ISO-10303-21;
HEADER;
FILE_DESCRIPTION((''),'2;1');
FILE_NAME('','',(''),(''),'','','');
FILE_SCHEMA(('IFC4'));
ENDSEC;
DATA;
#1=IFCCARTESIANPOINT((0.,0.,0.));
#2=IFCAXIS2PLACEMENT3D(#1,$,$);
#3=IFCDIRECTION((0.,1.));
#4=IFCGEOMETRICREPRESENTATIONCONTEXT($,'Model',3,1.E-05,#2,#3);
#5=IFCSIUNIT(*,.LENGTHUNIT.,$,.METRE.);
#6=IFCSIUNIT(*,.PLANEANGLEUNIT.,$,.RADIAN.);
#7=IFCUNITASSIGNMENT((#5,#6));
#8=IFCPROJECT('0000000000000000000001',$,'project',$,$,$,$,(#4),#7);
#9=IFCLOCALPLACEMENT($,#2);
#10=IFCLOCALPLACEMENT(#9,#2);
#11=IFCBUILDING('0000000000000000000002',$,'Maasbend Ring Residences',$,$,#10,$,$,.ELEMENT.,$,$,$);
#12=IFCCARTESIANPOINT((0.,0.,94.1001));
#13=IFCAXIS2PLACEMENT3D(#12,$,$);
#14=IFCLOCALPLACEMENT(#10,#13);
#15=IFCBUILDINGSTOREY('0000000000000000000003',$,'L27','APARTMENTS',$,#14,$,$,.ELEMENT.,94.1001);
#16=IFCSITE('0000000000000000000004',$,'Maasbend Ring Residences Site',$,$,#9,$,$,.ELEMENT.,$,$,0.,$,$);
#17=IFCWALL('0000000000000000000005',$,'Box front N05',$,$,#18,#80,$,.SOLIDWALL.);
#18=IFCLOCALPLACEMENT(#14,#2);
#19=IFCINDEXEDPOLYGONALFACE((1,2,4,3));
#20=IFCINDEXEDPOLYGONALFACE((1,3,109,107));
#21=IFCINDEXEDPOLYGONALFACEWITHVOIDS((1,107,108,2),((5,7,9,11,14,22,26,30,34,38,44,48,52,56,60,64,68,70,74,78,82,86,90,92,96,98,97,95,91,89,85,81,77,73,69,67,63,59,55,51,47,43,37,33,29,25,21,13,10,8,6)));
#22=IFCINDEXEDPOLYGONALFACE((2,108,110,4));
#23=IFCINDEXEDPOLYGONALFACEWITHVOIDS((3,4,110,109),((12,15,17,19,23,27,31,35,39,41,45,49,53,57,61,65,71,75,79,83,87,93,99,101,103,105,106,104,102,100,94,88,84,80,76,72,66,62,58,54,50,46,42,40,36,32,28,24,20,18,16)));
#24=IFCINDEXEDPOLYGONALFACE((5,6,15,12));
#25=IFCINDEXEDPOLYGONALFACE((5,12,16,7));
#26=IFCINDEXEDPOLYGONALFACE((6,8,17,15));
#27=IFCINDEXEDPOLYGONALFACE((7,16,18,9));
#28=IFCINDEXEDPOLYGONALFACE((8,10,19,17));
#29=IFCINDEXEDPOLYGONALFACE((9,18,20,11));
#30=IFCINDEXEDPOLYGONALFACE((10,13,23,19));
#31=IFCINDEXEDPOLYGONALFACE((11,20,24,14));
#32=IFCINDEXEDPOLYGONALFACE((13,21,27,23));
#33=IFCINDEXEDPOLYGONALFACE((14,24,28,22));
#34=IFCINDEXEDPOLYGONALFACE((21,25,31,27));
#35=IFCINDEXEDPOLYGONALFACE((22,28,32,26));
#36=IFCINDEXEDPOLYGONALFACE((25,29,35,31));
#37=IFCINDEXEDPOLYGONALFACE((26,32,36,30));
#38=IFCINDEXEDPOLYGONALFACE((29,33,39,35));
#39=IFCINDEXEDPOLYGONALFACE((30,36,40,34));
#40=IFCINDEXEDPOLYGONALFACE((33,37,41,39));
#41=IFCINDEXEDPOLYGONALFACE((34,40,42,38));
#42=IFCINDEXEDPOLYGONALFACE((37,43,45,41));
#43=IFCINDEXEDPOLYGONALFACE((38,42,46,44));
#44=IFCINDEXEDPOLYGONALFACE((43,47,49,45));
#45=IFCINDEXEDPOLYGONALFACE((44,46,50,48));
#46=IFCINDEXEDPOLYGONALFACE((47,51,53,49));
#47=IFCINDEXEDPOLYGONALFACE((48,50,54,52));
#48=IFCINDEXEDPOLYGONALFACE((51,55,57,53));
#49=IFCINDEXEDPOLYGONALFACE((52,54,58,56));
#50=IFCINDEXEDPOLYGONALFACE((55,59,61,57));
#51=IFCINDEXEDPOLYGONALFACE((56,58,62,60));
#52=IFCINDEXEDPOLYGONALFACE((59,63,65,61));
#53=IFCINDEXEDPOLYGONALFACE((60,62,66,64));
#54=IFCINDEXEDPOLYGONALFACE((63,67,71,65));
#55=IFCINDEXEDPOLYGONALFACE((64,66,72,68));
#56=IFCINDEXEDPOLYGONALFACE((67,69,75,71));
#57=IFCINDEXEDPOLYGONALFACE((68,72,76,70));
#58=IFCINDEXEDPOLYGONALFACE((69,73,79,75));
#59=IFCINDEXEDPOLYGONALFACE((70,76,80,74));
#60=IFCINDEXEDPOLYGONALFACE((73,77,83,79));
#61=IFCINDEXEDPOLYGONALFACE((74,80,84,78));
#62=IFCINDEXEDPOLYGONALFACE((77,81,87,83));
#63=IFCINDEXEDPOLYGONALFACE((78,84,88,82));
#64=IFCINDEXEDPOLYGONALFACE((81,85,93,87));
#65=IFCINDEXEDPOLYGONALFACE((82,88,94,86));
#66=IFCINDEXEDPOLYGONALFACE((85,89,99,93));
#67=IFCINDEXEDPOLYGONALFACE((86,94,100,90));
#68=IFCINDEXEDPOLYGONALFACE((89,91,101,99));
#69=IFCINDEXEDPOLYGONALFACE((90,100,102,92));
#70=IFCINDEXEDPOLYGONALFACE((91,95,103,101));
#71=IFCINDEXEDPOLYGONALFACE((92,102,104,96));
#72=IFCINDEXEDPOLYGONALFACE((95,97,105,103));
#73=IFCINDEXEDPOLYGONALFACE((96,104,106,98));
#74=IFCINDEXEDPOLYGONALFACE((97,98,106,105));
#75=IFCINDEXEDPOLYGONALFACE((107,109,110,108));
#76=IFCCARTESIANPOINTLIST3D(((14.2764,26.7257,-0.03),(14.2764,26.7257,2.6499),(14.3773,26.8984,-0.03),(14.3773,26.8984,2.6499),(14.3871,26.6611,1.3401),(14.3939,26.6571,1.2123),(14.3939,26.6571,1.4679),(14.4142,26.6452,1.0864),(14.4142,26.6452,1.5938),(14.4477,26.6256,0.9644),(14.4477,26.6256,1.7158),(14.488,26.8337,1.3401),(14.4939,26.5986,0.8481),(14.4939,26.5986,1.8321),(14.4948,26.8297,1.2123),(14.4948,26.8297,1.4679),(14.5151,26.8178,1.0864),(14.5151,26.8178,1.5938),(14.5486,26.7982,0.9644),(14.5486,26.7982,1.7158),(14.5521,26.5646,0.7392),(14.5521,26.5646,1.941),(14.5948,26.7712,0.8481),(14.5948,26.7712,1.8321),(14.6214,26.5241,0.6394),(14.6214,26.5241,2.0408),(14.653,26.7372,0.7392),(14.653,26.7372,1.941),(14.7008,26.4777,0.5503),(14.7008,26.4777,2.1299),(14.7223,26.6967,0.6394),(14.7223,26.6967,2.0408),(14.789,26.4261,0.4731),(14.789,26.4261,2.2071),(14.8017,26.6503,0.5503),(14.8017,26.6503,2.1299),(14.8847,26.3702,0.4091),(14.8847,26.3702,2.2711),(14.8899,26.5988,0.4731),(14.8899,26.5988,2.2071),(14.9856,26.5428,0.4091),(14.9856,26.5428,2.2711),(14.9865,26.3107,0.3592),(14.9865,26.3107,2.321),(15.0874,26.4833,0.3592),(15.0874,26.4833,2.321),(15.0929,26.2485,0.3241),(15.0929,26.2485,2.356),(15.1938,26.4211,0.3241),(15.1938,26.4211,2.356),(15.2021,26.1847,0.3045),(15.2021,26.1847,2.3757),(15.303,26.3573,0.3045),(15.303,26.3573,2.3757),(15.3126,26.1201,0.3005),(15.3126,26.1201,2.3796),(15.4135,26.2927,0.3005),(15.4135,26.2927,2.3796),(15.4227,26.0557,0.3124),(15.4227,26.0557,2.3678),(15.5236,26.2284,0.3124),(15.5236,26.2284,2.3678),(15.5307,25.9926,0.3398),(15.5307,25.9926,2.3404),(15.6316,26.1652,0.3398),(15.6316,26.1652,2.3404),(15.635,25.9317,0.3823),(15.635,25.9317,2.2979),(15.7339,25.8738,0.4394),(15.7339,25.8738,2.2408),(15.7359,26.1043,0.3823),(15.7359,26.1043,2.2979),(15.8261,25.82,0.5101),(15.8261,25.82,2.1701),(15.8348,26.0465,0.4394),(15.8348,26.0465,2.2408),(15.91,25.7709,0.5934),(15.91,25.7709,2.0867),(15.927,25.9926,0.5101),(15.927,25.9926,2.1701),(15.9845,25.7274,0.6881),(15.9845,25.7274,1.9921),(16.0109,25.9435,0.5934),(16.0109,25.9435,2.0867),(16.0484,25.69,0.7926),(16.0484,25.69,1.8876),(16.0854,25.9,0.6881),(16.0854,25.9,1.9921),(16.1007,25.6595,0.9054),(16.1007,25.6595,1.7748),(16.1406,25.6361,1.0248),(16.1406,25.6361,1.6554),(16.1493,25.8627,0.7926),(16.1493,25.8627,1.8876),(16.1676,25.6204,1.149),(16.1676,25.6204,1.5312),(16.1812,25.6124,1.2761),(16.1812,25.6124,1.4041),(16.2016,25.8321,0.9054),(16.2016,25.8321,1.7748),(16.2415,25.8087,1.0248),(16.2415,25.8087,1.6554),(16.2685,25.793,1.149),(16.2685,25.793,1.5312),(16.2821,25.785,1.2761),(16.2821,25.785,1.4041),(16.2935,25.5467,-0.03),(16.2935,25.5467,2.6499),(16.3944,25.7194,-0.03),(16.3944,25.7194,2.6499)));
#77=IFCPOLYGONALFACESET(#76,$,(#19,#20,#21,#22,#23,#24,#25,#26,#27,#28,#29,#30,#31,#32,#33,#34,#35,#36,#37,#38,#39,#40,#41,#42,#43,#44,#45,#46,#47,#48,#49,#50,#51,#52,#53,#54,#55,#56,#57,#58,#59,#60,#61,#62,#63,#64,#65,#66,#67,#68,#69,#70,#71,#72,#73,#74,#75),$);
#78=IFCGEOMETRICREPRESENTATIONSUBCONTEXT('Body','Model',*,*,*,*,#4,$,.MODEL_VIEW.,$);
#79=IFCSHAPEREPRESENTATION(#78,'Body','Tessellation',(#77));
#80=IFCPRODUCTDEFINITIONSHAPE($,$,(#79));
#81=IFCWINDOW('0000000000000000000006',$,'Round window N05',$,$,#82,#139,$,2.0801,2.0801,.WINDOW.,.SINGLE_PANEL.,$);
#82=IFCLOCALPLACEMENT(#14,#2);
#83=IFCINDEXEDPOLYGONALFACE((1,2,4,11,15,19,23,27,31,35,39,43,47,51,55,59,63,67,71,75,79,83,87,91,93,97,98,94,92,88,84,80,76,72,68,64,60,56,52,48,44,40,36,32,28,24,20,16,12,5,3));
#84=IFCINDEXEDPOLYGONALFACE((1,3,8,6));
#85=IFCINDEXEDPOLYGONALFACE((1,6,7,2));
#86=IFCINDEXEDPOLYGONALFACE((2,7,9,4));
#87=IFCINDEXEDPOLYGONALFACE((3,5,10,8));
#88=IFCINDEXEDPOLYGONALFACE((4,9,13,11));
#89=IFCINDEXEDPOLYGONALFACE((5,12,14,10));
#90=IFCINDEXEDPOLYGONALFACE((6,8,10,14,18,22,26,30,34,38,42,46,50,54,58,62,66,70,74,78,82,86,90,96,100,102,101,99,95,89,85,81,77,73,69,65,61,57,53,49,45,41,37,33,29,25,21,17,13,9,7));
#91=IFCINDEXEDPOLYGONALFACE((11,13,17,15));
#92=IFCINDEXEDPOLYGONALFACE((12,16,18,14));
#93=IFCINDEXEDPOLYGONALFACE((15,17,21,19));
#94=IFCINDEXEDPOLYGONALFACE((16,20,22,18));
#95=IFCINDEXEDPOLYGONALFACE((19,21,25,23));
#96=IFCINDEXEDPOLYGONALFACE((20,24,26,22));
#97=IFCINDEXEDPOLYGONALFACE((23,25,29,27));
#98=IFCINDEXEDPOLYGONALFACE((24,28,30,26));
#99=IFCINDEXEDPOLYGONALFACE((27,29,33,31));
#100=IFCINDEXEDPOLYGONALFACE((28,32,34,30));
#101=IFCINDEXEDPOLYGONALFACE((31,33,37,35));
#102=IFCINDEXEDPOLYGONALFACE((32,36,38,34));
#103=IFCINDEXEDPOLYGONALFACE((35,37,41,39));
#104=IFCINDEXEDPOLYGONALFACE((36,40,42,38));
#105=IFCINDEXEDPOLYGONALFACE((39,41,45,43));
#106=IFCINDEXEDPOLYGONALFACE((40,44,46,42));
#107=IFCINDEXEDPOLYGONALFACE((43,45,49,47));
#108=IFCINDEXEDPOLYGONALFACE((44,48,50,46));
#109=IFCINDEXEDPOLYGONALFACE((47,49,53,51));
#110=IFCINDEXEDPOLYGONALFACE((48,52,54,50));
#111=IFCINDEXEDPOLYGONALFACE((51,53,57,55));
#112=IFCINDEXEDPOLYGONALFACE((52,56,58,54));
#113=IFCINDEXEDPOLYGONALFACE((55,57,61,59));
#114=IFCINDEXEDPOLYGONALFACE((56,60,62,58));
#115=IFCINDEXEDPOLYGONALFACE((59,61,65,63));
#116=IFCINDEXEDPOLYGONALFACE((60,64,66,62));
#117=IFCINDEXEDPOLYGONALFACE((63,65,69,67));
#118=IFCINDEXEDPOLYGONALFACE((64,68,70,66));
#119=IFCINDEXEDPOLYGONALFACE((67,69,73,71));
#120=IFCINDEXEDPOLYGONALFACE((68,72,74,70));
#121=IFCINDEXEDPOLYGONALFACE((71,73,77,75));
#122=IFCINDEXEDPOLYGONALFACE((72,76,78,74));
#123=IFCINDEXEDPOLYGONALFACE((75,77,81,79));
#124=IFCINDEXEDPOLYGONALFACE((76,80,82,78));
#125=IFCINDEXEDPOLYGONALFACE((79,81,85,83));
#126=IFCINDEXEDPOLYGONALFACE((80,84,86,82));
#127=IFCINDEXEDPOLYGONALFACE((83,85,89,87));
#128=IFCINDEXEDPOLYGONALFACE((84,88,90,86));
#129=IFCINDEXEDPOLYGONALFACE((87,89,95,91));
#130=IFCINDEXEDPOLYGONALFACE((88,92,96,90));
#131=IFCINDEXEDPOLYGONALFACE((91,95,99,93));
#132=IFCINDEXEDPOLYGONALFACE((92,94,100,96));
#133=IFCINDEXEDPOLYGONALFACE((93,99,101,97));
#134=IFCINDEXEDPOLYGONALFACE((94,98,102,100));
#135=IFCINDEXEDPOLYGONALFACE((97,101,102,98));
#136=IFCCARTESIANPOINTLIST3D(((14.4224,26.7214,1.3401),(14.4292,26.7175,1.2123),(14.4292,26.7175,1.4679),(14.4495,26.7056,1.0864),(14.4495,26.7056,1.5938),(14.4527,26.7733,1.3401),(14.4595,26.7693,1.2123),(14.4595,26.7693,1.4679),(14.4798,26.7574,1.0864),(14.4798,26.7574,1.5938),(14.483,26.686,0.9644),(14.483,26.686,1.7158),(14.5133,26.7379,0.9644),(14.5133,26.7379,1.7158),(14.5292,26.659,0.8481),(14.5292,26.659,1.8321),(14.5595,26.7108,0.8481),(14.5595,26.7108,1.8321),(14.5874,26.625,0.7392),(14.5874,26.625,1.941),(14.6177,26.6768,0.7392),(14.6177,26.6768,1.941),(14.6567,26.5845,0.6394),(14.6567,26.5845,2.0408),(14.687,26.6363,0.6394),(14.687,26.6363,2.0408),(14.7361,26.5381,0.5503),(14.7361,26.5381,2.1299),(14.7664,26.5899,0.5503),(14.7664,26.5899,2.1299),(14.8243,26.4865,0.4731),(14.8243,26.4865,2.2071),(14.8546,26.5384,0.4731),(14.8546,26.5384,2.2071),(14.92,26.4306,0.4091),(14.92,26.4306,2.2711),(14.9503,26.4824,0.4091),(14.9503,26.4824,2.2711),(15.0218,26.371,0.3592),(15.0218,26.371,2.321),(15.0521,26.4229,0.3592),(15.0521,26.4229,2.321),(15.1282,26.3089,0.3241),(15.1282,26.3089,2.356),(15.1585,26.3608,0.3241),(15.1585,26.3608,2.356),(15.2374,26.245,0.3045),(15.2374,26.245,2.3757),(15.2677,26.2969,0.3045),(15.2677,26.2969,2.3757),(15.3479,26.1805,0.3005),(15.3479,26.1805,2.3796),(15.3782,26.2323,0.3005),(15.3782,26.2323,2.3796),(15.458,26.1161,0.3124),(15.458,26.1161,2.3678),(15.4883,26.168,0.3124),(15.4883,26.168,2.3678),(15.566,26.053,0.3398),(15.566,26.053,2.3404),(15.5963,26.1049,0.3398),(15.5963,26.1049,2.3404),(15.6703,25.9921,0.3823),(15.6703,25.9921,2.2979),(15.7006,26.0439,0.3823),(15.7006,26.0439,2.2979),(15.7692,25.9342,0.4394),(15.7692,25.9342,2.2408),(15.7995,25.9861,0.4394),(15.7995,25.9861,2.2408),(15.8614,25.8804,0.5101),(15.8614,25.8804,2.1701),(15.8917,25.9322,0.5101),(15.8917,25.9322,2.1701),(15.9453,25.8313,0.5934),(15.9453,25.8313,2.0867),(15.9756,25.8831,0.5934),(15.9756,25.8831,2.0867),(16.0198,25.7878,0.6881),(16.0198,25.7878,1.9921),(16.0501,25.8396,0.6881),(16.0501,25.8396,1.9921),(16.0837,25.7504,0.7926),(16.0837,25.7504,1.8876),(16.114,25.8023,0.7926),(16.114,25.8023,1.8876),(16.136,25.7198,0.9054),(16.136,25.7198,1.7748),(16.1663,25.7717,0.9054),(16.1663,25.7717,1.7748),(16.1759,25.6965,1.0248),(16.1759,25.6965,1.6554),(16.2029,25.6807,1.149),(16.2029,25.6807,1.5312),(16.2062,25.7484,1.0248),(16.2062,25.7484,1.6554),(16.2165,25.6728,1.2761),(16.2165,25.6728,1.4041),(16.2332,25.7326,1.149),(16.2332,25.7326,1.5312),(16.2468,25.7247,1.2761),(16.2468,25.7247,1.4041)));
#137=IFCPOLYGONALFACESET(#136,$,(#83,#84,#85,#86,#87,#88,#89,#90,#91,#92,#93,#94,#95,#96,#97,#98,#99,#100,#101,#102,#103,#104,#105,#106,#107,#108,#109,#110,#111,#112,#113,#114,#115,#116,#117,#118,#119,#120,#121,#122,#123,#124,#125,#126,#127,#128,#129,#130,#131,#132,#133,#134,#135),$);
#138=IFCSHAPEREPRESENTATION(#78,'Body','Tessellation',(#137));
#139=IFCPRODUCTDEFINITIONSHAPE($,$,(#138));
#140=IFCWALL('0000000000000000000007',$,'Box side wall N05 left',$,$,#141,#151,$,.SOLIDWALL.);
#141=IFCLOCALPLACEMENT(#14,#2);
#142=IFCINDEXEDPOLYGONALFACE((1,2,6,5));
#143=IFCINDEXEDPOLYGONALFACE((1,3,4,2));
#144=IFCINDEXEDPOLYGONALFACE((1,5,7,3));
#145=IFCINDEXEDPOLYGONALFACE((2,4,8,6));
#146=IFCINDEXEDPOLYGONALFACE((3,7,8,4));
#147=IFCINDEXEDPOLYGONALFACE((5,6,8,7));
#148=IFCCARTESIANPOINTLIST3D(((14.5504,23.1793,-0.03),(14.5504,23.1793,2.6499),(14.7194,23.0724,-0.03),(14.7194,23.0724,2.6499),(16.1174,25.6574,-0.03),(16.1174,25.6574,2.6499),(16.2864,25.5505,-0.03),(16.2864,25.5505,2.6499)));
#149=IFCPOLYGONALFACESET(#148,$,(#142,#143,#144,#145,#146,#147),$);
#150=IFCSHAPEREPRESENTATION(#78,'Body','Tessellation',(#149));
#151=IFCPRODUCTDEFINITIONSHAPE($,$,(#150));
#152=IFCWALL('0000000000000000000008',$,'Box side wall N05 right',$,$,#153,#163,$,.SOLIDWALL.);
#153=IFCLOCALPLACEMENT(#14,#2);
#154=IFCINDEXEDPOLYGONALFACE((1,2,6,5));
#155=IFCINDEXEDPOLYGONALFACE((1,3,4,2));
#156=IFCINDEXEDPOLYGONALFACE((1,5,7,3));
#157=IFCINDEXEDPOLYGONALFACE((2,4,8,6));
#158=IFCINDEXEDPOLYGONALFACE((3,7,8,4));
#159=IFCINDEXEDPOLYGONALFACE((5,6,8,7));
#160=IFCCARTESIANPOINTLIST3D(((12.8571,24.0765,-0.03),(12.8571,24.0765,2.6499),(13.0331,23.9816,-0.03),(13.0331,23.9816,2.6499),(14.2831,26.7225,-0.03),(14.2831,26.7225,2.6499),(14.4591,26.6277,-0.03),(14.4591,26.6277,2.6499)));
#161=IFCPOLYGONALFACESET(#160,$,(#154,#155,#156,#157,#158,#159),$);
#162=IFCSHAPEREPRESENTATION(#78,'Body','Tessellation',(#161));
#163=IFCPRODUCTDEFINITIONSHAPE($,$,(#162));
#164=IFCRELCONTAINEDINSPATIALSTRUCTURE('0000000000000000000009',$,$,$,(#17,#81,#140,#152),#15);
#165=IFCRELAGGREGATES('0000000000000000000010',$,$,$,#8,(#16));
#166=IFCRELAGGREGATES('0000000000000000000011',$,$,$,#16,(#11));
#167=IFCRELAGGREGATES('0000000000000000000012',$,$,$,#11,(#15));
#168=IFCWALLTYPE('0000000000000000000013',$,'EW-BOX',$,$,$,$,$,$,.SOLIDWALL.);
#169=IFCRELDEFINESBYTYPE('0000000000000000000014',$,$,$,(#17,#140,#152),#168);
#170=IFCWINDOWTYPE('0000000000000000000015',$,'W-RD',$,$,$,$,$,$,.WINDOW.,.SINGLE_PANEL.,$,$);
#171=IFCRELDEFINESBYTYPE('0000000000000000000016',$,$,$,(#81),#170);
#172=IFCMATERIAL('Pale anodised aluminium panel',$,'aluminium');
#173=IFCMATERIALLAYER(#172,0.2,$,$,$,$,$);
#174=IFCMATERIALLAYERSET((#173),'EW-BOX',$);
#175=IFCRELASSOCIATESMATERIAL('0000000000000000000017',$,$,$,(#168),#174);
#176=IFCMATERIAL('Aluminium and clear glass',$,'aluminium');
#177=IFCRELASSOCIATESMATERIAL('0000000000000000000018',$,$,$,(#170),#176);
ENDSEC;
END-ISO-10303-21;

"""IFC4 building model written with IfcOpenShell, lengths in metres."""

from ifc_helpers import new_model, si_unit, direction, frame, frame_2d, origin, place, context, subcontext, project, spatial, rectangle, circle, extrude, material, layer, layer_set, type_object, element, fill, save


model = new_model("IFC4")

# Units and contexts
model_context = context("Model", 3, precision=1e-05, world=origin(), true_north=direction((0.0, 1.0)))
body_context = subcontext(model_context, "Body", "Model", "MODEL_VIEW")
ifc_project = project(units=[si_unit("LENGTHUNIT", "METRE"), si_unit("PLANEANGLEUNIT", "RADIAN")], contexts=[model_context])

# Site, building, storey
site_placement = place(None, origin())
site = spatial("IfcSite", under=ifc_project, at=site_placement, Name="Maasbend Ring Residences Site", CompositionType="ELEMENT", RefElevation=0.0)
building_placement = place(site_placement, origin())
building = spatial("IfcBuilding", under=site, at=building_placement, Name="Maasbend Ring Residences", CompositionType="ELEMENT")
storey_placement = place(building_placement, frame((0.0, 0.0, 94.1001)))
storey = spatial("IfcBuildingStorey", under=building, at=storey_placement, Name="L27", Description="APARTMENTS", CompositionType="ELEMENT", Elevation=94.1001)

# Shared definitions
ifc_material_1 = material(Name="Pale anodised aluminium panel", Category="aluminium")
ifc_layer_1 = layer(ifc_material_1, 0.2)
ifc_layer_set_1 = layer_set([ifc_layer_1], Name="EW-BOX")
wall_type_1 = type_object("IfcWallType", Name="EW-BOX", PredefinedType="SOLIDWALL", material=ifc_layer_set_1)
ifc_material_2 = material(Name="Aluminium and clear glass", Category="aluminium")
window_type_1 = type_object("IfcWindowType", Name="W-RD", PartitioningType="SINGLE_PANEL", PredefinedType="WINDOW", material=ifc_material_2)

# Wall, opening, window
wall_1_placement = place(storey_placement, frame((16.344, 25.6331, -0.03), z_axis=(0.0, 0.0, 1.0), x_axis=(-0.863347, 0.504612, 0.0)))
wall_1 = element("IfcWall", 1, at=wall_1_placement, inside=storey, type_object=wall_type_1, Name="Box front N05", PredefinedType="SOLIDWALL", context=body_context, shape_type="SweptSolid", body=[
    extrude(rectangle(XDim=2.3364, YDim=0.2, at=frame_2d((1.1682, 0.0))), origin(), (0.0, 0.0, 1.0), 2.6799),
])
opening_1_placement = place(wall_1_placement, frame((0.1282, 0.0, 0.3301)))
opening_1 = element("IfcOpeningElement", 2, at=opening_1_placement, cuts=wall_1, PredefinedType="OPENING", context=body_context, shape_type="SweptSolid", body=[
    extrude(circle(Radius=1.04, at=frame_2d((1.04, 1.04))), frame((0.0, 0.1099, 0.0), z_axis=(0.0, -1.0, 0.0), x_axis=(1.0, 0.0, 0.0)), (0.0, 0.0, 1.0), 0.22),
])
window_1_placement = place(opening_1_placement, origin())
window_1 = element("IfcWindow", 3, at=window_1_placement, inside=storey, type_object=window_type_1, Name="Round window N05", OverallHeight=2.0801, OverallWidth=2.0801, PartitioningType="SINGLE_PANEL", PredefinedType="WINDOW", context=body_context, shape_type="SweptSolid", body=[
    extrude(circle(Radius=1.04, at=frame_2d((1.04, 1.04))), frame((0.0, 0.03, 0.0), z_axis=(0.0, -1.0, 0.0), x_axis=(1.0, 0.0, 0.0)), (0.0, 0.0, 1.0), 0.0601),
])
fill(opening_1, window_1)

# Walls
wall_2_placement = place(storey_placement, frame((14.635, 23.126, -0.03), z_axis=(0.0, 0.0, 1.0), x_axis=(0.534438, 0.845208, 0.0)))
element("IfcWall", 4, at=wall_2_placement, inside=storey, type_object=wall_type_1, Name="Box side wall N05 left", PredefinedType="SOLIDWALL", context=body_context, shape_type="SweptSolid", body=[
    extrude(rectangle(XDim=2.9319, YDim=0.2, at=frame_2d((1.4658, 0.0))), origin(), (0.0, 0.0, 1.0), 2.6799),
])
wall_3_placement = place(storey_placement, frame((12.9451, 24.0291, -0.03), z_axis=(0.0, 0.0, 1.0), x_axis=(0.474424, 0.880296, 0.0)))
element("IfcWall", 5, at=wall_3_placement, inside=storey, type_object=wall_type_1, Name="Box side wall N05 right", PredefinedType="SOLIDWALL", context=body_context, shape_type="SweptSolid", body=[
    extrude(rectangle(XDim=3.0059, YDim=0.2, at=frame_2d((1.5029, 0.0))), origin(), (0.0, 0.0, 1.0), 2.6799),
])

save(model, "model.ifc")
